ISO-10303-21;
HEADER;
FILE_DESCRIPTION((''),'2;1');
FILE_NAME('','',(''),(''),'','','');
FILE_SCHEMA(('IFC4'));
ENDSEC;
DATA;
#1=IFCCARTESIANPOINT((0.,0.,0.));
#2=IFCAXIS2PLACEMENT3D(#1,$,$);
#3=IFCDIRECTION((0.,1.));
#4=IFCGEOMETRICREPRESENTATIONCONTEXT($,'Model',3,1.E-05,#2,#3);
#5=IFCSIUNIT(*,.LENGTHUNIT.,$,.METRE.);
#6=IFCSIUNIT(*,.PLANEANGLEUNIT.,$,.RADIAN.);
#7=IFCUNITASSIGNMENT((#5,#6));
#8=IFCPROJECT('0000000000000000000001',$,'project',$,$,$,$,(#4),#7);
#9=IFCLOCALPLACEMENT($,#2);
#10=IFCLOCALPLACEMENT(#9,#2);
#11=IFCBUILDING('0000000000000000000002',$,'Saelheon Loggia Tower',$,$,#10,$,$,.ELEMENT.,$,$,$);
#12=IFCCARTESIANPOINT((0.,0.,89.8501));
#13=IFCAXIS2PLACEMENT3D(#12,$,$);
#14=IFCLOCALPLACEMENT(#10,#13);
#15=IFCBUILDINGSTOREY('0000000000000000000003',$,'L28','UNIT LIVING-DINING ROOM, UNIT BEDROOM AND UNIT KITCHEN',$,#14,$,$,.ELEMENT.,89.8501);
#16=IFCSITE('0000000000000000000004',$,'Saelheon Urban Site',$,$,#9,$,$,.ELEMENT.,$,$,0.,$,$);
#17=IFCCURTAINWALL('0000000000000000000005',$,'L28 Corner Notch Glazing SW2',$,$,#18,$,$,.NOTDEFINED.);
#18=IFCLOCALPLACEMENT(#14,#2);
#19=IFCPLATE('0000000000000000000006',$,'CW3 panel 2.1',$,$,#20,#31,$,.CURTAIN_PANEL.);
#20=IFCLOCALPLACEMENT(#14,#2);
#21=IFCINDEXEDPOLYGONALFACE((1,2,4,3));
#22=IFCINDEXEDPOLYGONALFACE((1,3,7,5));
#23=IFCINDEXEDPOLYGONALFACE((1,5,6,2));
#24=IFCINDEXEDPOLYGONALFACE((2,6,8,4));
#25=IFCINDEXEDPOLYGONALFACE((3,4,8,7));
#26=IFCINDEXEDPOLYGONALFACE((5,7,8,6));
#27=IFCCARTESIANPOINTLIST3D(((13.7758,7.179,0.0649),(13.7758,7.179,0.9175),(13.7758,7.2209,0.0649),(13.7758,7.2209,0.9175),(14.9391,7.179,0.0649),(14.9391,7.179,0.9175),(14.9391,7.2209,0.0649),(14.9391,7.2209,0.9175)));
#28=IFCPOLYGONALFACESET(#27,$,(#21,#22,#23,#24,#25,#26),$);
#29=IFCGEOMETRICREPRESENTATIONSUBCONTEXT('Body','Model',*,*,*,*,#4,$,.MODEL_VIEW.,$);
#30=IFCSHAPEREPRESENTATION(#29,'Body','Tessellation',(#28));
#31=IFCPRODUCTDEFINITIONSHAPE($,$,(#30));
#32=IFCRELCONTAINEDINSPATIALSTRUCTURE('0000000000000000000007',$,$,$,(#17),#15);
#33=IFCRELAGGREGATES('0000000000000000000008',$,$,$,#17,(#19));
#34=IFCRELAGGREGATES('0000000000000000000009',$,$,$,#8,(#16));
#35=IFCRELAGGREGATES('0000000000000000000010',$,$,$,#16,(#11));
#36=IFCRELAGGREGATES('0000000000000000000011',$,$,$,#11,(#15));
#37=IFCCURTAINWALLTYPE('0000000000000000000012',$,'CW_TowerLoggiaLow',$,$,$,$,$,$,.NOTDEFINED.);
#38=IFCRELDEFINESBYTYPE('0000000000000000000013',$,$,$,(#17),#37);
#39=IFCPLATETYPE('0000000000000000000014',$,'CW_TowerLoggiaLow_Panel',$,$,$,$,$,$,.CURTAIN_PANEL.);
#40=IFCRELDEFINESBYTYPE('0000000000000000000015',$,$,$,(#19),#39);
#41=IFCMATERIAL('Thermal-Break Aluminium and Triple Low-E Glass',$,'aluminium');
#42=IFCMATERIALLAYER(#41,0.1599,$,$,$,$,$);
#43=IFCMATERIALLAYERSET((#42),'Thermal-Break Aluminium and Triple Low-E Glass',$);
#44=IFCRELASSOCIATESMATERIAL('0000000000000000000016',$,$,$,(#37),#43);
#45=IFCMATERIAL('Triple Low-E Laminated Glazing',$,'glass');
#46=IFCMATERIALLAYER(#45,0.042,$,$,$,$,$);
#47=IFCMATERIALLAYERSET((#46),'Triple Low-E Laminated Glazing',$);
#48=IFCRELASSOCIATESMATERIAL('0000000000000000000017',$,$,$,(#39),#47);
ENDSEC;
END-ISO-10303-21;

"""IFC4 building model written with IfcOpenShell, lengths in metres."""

from ifc_helpers import new_model, si_unit, direction, frame, origin, origin_2d, place, context, subcontext, project, spatial, rectangle, extrude, source, transform, mapped, material, layer, layer_set, type_object, element, aggregate, save


model = new_model("IFC4")

# Units and contexts
model_context = context("Model", 3, precision=1e-05, world=origin(), true_north=direction((0.0, 1.0)))
body_context = subcontext(model_context, "Body", "Model", "MODEL_VIEW")
ifc_project = project(units=[si_unit("LENGTHUNIT", "METRE"), si_unit("PLANEANGLEUNIT", "RADIAN")], contexts=[model_context])

# Site, building, storey
site_placement = place(None, origin())
site = spatial("IfcSite", under=ifc_project, at=site_placement, Name="Saelheon Urban Site", CompositionType="ELEMENT", RefElevation=0.0)
building_placement = place(site_placement, origin())
building = spatial("IfcBuilding", under=site, at=building_placement, Name="Saelheon Loggia Tower", CompositionType="ELEMENT")
storey_placement = place(building_placement, frame((0.0, 0.0, 89.8501)))
storey = spatial("IfcBuildingStorey", under=building, at=storey_placement, Name="L28", Description="UNIT LIVING-DINING ROOM, UNIT BEDROOM AND UNIT KITCHEN", CompositionType="ELEMENT", Elevation=89.8501)

# Curtain wall, plate
ifc_material_1 = material(Name="Thermal-Break Aluminium and Triple Low-E Glass", Category="aluminium")
ifc_layer_1 = layer(ifc_material_1, 0.1599)
ifc_layer_set_1 = layer_set([ifc_layer_1], Name="Thermal-Break Aluminium and Triple Low-E Glass")
curtain_wall_type = type_object("IfcCurtainWallType", Name="CW_TowerLoggiaLow", PredefinedType="NOTDEFINED", material=ifc_layer_set_1)
curtain_wall_placement = place(storey_placement, origin())
curtain_wall = element("IfcCurtainWall", 1, at=curtain_wall_placement, inside=storey, type_object=curtain_wall_type, Name="L28 Corner Notch Glazing SW2", PredefinedType="NOTDEFINED")
ifc_material_2 = material(Name="Triple Low-E Laminated Glazing", Category="glass")
ifc_layer_2 = layer(ifc_material_2, 0.042)
ifc_layer_set_2 = layer_set([ifc_layer_2], Name="Triple Low-E Laminated Glazing")
plate_type = type_object("IfcPlateType", Name="CW_TowerLoggiaLow_Panel", PredefinedType="CURTAIN_PANEL", material=ifc_layer_set_2)
shared_shape_1 = source(origin(), body_context, "Body", "SweptSolid", [
    extrude(rectangle(XDim=1.1633, YDim=0.042, at=origin_2d()), origin(), (0.0, 0.0, 1.0), 0.8525),
])
plate_1_placement = place(storey_placement, frame((14.3574, 7.2, 0.0649), z_axis=(0.0, 0.0, 1.0), x_axis=(1.0, 0.0, 0.0)))
plate_1 = element("IfcPlate", 2, at=plate_1_placement, type_object=plate_type, Name="CW3 panel 2.1", PredefinedType="CURTAIN_PANEL", context=body_context, shape_type="MappedRepresentation", body=[
    mapped(shared_shape_1, transform((0.0, 0.0, 0.0), scale=1.0)),
])
aggregate(curtain_wall, [plate_1])

save(model, "model.ifc")
